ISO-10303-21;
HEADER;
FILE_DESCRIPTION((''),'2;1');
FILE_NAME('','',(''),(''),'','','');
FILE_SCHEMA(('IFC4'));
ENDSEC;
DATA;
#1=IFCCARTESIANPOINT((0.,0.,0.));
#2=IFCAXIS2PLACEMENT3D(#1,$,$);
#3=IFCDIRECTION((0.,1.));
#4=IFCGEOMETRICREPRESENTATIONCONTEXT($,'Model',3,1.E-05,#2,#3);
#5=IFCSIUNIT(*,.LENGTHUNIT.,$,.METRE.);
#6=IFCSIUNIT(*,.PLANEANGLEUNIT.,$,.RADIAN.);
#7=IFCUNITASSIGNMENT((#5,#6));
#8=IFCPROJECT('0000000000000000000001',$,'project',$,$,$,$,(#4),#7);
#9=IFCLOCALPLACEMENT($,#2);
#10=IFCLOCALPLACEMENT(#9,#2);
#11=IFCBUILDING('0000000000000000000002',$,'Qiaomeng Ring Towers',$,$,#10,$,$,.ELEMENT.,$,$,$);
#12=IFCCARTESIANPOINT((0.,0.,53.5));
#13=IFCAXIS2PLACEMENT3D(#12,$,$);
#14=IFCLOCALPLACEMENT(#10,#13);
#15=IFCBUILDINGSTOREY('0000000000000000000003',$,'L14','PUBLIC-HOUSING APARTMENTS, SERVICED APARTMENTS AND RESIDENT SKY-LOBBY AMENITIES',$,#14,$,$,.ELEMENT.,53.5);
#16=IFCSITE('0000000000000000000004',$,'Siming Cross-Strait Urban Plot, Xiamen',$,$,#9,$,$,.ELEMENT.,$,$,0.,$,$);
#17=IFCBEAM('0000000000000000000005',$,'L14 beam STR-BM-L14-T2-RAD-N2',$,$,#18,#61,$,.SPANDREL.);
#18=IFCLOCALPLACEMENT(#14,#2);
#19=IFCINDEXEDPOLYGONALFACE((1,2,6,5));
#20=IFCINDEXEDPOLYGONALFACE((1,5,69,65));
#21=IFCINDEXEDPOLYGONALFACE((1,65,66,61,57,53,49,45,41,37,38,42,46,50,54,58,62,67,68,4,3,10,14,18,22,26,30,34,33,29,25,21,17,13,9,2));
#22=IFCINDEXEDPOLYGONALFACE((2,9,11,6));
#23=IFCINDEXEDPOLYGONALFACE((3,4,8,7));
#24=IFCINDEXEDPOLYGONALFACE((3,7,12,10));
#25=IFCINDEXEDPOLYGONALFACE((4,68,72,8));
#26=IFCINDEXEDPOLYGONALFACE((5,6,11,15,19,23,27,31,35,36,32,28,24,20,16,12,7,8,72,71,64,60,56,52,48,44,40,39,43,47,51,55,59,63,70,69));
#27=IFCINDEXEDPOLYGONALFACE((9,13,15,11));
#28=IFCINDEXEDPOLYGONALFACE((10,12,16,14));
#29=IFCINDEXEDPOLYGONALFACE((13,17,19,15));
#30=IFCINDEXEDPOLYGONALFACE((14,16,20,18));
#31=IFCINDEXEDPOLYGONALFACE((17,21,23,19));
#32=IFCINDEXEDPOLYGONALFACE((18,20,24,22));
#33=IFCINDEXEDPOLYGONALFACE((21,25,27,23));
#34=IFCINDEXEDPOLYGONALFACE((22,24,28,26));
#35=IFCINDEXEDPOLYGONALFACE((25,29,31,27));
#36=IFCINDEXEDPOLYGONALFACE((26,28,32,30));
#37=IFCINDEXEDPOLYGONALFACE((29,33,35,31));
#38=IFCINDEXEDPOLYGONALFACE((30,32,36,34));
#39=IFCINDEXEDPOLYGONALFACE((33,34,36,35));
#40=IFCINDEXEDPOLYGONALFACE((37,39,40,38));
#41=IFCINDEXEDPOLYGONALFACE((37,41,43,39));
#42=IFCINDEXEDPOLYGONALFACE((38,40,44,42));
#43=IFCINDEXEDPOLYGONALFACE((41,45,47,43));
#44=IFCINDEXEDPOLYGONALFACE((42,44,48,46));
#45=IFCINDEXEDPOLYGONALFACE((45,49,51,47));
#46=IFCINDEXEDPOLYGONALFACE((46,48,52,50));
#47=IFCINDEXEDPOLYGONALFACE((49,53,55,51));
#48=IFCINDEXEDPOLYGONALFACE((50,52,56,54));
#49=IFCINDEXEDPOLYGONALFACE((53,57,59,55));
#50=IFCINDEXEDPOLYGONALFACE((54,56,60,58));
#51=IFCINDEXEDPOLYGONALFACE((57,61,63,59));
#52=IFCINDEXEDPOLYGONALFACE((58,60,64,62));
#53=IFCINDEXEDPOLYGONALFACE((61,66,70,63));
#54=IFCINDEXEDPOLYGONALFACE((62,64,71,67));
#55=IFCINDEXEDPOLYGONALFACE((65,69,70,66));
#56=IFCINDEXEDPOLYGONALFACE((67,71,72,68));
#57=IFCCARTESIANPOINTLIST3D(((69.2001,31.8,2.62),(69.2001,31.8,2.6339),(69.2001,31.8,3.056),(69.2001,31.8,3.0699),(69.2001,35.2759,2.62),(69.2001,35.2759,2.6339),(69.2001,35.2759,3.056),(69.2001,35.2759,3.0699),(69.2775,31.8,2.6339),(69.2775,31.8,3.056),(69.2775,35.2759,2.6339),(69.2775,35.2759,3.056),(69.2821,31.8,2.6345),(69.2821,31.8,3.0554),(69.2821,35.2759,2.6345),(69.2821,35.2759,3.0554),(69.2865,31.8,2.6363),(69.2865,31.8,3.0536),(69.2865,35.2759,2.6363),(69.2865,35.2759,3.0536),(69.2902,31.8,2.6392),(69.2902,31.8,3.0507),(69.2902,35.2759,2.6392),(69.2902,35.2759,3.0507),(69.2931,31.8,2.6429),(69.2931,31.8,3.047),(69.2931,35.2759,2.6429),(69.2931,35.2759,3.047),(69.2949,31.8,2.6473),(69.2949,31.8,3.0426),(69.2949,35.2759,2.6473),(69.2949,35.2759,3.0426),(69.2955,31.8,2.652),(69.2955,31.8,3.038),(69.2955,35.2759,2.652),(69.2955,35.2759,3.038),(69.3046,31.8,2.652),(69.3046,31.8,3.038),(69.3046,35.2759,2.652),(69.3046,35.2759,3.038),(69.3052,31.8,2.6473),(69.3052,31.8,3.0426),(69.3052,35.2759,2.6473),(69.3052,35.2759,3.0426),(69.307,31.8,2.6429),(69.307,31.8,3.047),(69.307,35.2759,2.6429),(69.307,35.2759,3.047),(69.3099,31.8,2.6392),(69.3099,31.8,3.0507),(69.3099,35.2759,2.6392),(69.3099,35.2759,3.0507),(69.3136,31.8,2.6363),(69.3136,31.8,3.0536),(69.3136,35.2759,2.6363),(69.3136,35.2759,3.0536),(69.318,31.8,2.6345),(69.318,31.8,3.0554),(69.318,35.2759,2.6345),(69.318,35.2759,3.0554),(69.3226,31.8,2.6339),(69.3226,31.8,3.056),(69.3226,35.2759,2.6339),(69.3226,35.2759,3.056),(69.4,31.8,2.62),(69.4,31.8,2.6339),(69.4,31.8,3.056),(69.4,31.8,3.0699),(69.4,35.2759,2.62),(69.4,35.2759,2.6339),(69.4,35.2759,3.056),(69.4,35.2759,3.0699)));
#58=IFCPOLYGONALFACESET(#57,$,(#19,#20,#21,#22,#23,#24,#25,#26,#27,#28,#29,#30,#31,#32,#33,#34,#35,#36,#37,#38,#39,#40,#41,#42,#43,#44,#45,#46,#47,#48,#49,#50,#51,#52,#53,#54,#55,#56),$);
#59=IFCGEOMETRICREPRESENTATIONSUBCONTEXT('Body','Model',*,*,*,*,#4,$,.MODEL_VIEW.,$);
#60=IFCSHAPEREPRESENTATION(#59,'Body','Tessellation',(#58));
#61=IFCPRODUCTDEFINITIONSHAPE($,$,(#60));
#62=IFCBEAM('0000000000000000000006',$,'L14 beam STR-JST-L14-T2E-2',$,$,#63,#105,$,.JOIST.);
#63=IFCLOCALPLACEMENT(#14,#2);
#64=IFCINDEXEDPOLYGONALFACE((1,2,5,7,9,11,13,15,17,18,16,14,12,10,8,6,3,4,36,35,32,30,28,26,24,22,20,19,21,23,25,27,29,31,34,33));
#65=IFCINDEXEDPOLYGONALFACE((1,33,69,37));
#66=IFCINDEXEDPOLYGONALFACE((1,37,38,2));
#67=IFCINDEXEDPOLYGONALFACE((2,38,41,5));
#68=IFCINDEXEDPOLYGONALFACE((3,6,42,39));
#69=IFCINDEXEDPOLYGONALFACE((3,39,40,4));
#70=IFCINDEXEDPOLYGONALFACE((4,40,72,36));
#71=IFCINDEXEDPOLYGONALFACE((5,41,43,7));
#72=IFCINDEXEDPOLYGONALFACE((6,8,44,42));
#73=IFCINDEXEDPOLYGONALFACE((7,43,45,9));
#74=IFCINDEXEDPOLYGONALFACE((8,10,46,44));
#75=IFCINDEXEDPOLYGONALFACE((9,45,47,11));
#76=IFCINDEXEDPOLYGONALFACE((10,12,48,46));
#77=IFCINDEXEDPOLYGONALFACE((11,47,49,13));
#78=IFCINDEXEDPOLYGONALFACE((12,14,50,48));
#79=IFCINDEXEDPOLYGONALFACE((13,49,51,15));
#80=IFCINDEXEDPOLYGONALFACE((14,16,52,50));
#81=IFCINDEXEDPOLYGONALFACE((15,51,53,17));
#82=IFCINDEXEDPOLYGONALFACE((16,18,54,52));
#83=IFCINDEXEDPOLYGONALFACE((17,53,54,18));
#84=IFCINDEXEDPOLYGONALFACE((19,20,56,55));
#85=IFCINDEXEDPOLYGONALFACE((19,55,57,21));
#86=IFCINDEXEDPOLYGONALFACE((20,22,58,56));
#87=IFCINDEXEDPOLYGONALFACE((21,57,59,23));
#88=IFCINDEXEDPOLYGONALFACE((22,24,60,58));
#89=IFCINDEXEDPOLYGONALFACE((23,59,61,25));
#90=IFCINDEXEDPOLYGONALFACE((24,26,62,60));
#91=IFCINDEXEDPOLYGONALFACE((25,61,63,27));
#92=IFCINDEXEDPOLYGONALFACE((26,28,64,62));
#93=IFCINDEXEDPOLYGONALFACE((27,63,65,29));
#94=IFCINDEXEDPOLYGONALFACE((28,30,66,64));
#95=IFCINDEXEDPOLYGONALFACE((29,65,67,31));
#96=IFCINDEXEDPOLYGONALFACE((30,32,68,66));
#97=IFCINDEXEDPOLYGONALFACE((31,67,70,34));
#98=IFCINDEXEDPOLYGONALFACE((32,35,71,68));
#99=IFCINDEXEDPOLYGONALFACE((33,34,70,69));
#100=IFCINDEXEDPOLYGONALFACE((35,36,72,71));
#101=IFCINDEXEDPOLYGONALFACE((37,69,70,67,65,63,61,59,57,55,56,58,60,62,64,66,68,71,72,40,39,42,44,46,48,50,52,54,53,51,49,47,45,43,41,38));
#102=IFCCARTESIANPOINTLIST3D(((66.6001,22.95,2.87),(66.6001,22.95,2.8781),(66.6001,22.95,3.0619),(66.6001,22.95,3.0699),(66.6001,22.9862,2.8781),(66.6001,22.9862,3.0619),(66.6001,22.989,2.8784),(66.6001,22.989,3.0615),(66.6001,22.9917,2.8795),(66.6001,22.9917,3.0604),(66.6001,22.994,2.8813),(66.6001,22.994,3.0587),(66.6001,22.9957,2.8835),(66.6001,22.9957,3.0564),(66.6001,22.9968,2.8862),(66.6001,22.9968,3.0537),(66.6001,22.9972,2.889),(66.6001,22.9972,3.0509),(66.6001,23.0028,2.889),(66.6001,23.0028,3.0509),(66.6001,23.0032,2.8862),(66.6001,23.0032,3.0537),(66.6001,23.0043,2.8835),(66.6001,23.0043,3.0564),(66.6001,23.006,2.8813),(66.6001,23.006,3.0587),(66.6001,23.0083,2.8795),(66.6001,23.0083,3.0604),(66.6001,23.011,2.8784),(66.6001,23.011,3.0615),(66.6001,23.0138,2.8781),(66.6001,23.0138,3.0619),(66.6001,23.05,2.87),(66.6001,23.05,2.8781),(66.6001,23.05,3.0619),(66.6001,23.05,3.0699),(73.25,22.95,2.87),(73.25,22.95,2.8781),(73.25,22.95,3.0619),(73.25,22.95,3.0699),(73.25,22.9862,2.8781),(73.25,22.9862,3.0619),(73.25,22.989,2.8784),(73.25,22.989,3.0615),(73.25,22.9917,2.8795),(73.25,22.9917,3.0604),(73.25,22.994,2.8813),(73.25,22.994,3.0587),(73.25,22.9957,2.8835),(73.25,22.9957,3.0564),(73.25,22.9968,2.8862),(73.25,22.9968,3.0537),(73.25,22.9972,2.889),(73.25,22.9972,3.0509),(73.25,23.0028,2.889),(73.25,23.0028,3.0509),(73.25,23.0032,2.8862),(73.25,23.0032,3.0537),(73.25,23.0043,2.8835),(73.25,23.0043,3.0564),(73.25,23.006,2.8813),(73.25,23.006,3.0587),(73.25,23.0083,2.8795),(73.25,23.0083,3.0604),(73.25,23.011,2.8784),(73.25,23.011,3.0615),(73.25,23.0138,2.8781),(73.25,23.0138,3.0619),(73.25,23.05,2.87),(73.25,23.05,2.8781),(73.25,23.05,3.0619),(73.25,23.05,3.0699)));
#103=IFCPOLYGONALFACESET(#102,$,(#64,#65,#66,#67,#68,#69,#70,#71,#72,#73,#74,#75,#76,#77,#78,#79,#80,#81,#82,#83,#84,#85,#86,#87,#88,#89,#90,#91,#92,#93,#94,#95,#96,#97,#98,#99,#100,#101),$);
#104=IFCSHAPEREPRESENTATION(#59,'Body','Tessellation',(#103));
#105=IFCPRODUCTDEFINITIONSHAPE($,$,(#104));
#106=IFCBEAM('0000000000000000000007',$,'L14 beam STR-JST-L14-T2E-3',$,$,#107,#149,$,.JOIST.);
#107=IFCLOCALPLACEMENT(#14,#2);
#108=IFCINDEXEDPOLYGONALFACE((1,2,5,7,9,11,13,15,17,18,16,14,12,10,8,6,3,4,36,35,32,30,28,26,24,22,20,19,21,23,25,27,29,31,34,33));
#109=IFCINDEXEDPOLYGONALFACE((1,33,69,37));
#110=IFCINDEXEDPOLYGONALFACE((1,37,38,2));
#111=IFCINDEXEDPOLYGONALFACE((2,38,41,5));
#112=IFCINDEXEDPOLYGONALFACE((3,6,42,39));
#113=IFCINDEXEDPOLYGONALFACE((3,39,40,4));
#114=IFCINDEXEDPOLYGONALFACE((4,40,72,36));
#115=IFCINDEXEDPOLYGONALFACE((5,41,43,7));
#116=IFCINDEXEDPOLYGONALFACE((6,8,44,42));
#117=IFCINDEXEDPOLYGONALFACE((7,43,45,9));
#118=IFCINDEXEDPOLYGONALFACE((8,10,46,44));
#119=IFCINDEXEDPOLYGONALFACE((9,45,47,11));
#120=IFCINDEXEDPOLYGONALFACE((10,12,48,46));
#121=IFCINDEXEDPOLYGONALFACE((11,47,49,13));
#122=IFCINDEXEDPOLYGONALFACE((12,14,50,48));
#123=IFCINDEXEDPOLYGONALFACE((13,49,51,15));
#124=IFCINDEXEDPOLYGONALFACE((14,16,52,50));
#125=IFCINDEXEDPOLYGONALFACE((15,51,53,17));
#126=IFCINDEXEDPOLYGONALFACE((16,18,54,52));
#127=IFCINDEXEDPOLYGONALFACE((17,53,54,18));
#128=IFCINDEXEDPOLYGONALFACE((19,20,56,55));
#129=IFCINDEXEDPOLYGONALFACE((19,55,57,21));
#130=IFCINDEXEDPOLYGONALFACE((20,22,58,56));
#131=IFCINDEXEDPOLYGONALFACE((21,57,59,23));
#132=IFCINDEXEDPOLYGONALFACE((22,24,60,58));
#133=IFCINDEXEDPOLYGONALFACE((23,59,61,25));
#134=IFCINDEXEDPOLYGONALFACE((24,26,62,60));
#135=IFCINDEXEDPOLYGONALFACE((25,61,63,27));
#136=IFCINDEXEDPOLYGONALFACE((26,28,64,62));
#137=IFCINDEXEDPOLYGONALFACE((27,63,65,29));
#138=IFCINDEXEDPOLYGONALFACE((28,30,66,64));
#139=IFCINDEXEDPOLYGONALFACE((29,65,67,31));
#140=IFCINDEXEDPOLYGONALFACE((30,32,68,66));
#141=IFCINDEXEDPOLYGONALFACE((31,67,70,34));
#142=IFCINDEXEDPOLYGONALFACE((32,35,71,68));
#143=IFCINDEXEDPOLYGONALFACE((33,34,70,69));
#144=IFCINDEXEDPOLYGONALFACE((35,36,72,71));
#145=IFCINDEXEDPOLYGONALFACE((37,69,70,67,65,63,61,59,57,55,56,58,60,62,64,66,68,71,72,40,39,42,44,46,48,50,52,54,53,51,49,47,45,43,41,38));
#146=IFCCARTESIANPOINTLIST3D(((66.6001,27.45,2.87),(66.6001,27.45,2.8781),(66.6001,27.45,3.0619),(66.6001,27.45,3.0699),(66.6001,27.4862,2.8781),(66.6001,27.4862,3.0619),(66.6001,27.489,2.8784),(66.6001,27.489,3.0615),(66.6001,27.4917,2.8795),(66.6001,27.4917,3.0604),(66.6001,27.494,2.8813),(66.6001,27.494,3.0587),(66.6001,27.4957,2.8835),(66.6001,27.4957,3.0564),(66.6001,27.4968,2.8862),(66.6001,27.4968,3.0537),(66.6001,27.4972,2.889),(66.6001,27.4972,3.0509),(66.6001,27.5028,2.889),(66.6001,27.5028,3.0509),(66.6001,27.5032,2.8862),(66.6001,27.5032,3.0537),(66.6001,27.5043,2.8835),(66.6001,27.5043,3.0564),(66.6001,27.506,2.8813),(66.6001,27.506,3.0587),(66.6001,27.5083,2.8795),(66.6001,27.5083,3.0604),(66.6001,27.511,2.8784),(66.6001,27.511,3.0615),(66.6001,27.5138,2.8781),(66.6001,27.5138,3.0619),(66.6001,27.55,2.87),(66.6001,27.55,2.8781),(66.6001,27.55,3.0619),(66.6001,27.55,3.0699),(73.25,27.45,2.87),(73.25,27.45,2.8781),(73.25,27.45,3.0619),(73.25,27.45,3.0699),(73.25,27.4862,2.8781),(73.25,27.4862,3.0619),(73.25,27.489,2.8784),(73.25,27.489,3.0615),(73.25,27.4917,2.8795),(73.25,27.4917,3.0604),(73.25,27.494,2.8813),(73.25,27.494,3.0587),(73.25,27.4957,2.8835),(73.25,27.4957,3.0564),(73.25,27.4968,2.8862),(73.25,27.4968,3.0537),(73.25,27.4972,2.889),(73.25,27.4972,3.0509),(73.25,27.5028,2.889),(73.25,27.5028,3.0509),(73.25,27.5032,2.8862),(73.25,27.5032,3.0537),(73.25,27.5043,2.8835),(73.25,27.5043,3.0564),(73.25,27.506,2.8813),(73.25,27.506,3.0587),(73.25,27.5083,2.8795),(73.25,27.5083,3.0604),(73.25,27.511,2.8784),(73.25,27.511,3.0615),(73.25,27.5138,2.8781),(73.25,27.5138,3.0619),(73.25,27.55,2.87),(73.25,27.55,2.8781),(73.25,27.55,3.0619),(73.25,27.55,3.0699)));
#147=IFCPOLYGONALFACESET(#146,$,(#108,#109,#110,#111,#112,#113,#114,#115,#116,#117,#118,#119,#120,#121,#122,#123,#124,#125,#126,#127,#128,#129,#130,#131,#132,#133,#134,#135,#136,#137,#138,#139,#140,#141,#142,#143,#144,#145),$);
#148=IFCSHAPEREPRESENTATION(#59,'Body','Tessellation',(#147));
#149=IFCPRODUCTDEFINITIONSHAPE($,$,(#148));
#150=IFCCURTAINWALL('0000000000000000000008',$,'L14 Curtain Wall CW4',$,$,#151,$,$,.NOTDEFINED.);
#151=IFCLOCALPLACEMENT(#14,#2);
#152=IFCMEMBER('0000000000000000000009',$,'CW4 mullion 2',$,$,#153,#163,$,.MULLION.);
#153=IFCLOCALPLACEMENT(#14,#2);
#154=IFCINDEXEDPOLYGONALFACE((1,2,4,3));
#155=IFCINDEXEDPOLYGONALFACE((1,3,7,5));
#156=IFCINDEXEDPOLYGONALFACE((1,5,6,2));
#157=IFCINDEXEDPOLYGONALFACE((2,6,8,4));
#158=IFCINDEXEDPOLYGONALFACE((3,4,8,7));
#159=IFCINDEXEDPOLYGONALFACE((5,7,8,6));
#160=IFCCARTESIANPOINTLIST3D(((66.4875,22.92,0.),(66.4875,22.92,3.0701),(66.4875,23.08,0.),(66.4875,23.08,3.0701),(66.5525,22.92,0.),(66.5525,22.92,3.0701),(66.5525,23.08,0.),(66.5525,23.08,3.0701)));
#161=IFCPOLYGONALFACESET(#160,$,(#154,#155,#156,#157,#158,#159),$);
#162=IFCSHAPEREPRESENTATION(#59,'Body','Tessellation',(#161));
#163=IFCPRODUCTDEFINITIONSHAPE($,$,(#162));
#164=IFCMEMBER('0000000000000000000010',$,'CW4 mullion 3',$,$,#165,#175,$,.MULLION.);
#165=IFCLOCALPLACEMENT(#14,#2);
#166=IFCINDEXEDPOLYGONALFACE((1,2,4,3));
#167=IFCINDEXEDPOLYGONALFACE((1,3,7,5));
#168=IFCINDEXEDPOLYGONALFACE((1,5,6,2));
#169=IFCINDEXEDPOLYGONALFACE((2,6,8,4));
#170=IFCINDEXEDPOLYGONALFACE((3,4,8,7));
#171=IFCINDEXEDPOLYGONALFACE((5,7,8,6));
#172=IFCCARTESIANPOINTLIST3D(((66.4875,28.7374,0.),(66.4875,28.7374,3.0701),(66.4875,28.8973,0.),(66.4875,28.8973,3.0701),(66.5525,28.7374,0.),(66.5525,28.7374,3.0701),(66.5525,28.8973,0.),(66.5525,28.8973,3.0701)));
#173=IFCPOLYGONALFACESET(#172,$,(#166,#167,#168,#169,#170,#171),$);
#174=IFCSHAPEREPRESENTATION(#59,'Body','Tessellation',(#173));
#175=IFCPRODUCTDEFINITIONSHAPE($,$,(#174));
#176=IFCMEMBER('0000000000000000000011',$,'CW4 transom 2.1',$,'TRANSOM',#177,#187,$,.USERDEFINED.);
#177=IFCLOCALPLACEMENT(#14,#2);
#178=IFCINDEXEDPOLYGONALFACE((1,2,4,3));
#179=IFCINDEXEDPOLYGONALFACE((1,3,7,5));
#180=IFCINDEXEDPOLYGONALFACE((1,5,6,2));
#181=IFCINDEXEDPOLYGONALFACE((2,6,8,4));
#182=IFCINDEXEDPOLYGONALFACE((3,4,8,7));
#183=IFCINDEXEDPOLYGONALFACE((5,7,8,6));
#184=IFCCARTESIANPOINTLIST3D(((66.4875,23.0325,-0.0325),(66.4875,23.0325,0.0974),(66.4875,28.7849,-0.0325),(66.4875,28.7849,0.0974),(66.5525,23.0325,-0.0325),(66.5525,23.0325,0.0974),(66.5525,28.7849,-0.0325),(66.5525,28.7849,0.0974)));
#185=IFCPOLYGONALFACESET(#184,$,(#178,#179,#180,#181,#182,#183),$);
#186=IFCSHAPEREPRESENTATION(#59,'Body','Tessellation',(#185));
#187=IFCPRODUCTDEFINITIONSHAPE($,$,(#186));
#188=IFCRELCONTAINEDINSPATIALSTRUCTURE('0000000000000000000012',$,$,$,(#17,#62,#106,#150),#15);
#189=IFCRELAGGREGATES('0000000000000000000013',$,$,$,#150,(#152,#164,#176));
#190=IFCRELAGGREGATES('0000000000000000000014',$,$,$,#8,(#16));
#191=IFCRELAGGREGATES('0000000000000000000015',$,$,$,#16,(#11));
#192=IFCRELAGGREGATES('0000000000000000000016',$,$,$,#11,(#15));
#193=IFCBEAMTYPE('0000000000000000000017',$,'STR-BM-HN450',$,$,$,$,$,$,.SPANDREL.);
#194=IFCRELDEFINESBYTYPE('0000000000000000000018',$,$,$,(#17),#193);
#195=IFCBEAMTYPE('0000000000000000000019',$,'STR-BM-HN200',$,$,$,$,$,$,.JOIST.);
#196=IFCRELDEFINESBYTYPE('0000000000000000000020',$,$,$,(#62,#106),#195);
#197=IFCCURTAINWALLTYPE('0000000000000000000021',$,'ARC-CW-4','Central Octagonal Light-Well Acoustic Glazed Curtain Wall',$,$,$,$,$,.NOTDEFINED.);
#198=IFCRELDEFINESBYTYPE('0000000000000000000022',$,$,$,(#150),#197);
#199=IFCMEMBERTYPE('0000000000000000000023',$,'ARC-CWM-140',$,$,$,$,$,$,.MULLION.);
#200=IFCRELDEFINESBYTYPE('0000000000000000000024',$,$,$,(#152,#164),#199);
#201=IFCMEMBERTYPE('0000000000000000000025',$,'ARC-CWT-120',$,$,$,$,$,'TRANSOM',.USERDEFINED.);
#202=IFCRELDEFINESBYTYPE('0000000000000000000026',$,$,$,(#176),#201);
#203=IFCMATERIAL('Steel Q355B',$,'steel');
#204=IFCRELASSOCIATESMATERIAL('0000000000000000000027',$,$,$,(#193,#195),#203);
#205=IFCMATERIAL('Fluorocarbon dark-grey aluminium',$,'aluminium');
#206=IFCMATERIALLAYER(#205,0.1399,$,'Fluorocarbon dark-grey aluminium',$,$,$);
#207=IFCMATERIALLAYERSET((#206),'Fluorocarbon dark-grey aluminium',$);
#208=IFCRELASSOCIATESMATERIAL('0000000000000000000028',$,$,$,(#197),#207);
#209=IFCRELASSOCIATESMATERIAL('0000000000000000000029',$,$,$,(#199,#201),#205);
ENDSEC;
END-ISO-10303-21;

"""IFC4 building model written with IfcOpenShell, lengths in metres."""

from ifc_helpers import new_model, si_unit, direction, frame, origin, origin_2d, place, context, subcontext, project, spatial, rectangle, i_section, extrude, source, transform, mapped, material, layer, layer_set, material_profile, profile_set, type_object, element, aggregate, save


model = new_model("IFC4")

# Units and contexts
model_context = context("Model", 3, precision=1e-05, world=origin(), true_north=direction((0.0, 1.0)))
body_context = subcontext(model_context, "Body", "Model", "MODEL_VIEW")
ifc_project = project(units=[si_unit("LENGTHUNIT", "METRE"), si_unit("PLANEANGLEUNIT", "RADIAN")], contexts=[model_context])

# Site, building, storey
site_placement = place(None, origin())
site = spatial("IfcSite", under=ifc_project, at=site_placement, Name="Siming Cross-Strait Urban Plot, Xiamen", CompositionType="ELEMENT", RefElevation=0.0)
building_placement = place(site_placement, origin())
building = spatial("IfcBuilding", under=site, at=building_placement, Name="Qiaomeng Ring Towers", CompositionType="ELEMENT")
storey_placement = place(building_placement, frame((0.0, 0.0, 53.5)))
storey = spatial("IfcBuildingStorey", under=building, at=storey_placement, Name="L14", Description="PUBLIC-HOUSING APARTMENTS, SERVICED APARTMENTS AND RESIDENT SKY-LOBBY AMENITIES", CompositionType="ELEMENT", Elevation=53.5)

# Beams
ifc_material_1 = material(Name="Steel Q355B", Category="steel")
ifc_material_profile_1 = material_profile(ifc_material_1, i_section(OverallWidth=0.2, OverallDepth=0.45, WebThickness=0.009, FlangeThickness=0.0139, FilletRadius=0.0181, at=origin_2d()), Name="HN 450x200x9x14")
ifc_profile_set_1 = profile_set([ifc_material_profile_1], Name="Steel Q355B")
beam_type_1 = type_object("IfcBeamType", Name="STR-BM-HN450", PredefinedType="SPANDREL", material=ifc_profile_set_1)
shared_shape_1 = source(origin(), body_context, "Body", "SweptSolid", [
    extrude(i_section(OverallWidth=0.2, OverallDepth=0.45, WebThickness=0.009, FlangeThickness=0.0139, FilletRadius=0.0181, at=origin_2d()), origin(), (0.0, 0.0, 1.0), 3.4758),
])
beam_1_placement = place(storey_placement, frame((69.3, 35.2759, 2.845), z_axis=(0.0, -1.0, 0.0), x_axis=(1.0, 0.0, 0.0)))
element("IfcBeam", 1, at=beam_1_placement, inside=storey, type_object=beam_type_1, Name="L14 beam STR-BM-L14-T2-RAD-N2", PredefinedType="SPANDREL", context=body_context, shape_type="MappedRepresentation", body=[
    mapped(shared_shape_1, transform((0.0, 0.0, 0.0), x_axis=(1.0, 0.0, 0.0), y_axis=(0.0, 1.0, 0.0), z_axis=(0.0, 0.0, 1.0), scale=1.0)),
])
ifc_material_profile_2 = material_profile(ifc_material_1, i_section(OverallWidth=0.1001, OverallDepth=0.2, WebThickness=0.0056, FlangeThickness=0.0081, FilletRadius=0.011, at=origin_2d()), Name="HN 200x100x5.5x8")
ifc_profile_set_2 = profile_set([ifc_material_profile_2], Name="Steel Q355B")
beam_type_2 = type_object("IfcBeamType", Name="STR-BM-HN200", PredefinedType="JOIST", material=ifc_profile_set_2)
shared_shape_2 = source(origin(), body_context, "Body", "SweptSolid", [
    extrude(i_section(OverallWidth=0.1001, OverallDepth=0.2, WebThickness=0.0056, FlangeThickness=0.0081, FilletRadius=0.011, at=origin_2d()), origin(), (0.0, 0.0, 1.0), 6.6499),
])
for number, where, z_axis, x_axis, name in (
    (2, (66.6001, 23.0, 2.97), (1.0, 0.0, 0.0), (0.0, 1.0, 0.0), "L14 beam STR-JST-L14-T2E-2"),
    (3, (66.6001, 27.5, 2.97), (1.0, 0.0, 0.0), (0.0, 1.0, 0.0), "L14 beam STR-JST-L14-T2E-3"),
):
    element("IfcBeam", number, at=place(storey_placement, frame(where, z_axis=z_axis, x_axis=x_axis)), inside=storey, type_object=beam_type_2, Name=name, PredefinedType="JOIST", context=body_context, shape_type="MappedRepresentation", body=[
        mapped(shared_shape_2, transform((0.0, 0.0, 0.0), x_axis=(1.0, 0.0, 0.0), y_axis=(0.0, 1.0, 0.0), z_axis=(0.0, 0.0, 1.0), scale=1.0)),
    ])

# Curtain wall, members
ifc_material_2 = material(Name="Fluorocarbon dark-grey aluminium", Category="aluminium")
ifc_layer_1 = layer(ifc_material_2, 0.1399, Name="Fluorocarbon dark-grey aluminium")
ifc_layer_set_1 = layer_set([ifc_layer_1], Name="Fluorocarbon dark-grey aluminium")
curtain_wall_type_1 = type_object("IfcCurtainWallType", Name="ARC-CW-4", Description="Central Octagonal Light-Well Acoustic Glazed Curtain Wall", PredefinedType="NOTDEFINED", material=ifc_layer_set_1)
curtain_wall_1_placement = place(storey_placement, origin())
curtain_wall_1 = element("IfcCurtainWall", 4, at=curtain_wall_1_placement, inside=storey, type_object=curtain_wall_type_1, Name="L14 Curtain Wall CW4", PredefinedType="NOTDEFINED")
ifc_material_profile_3 = material_profile(ifc_material_2, rectangle(XDim=0.0649, YDim=0.1599, at=origin_2d()), Name="ALU MULL 65x160")
ifc_profile_set_3 = profile_set([ifc_material_profile_3], Name="Fluorocarbon dark-grey aluminium")
member_type_1 = type_object("IfcMemberType", Name="ARC-CWM-140", PredefinedType="MULLION", material=ifc_profile_set_3)
shared_shape_3 = source(origin(), body_context, "Body", "SweptSolid", [
    extrude(rectangle(XDim=0.0649, YDim=0.1599, at=origin_2d()), origin(), (0.0, 0.0, 1.0), 3.0701),
])
member_1_placement = place(storey_placement, frame((66.52, 23.0, 0.0), z_axis=(0.0, 0.0, 1.0), x_axis=(-1.0, 0.0, 0.0)))
member_1 = element("IfcMember", 5, at=member_1_placement, type_object=member_type_1, Name="CW4 mullion 2", PredefinedType="MULLION", context=body_context, shape_type="MappedRepresentation", body=[
    mapped(shared_shape_3, transform((0.0, 0.0, 0.0), x_axis=(1.0, 0.0, 0.0), y_axis=(0.0, 1.0, 0.0), z_axis=(0.0, 0.0, 1.0), scale=1.0)),
])
member_2_placement = place(storey_placement, frame((66.52, 28.8174, 0.0), z_axis=(0.0, 0.0, 1.0), x_axis=(-1.0, 0.0, 0.0)))
member_2 = element("IfcMember", 6, at=member_2_placement, type_object=member_type_1, Name="CW4 mullion 3", PredefinedType="MULLION", context=body_context, shape_type="MappedRepresentation", body=[
    mapped(shared_shape_3, transform((0.0, 0.0, 0.0), x_axis=(1.0, 0.0, 0.0), y_axis=(0.0, 1.0, 0.0), z_axis=(0.0, 0.0, 1.0), scale=1.0)),
])
ifc_material_profile_4 = material_profile(ifc_material_2, rectangle(XDim=0.0649, YDim=0.1299, at=origin_2d()), Name="ALU TRAN 65x130")
ifc_profile_set_4 = profile_set([ifc_material_profile_4], Name="Fluorocarbon dark-grey aluminium")
member_type_2 = type_object("IfcMemberType", Name="ARC-CWT-120", ElementType="TRANSOM", PredefinedType="USERDEFINED", material=ifc_profile_set_4)
shared_shape_4 = source(origin(), body_context, "Body", "SweptSolid", [
    extrude(rectangle(XDim=0.0649, YDim=0.1299, at=origin_2d()), origin(), (0.0, 0.0, 1.0), 5.7524),
])
member_3_placement = place(storey_placement, frame((66.52, 23.0325, 0.0325), z_axis=(0.0, 1.0, 0.0), x_axis=(-1.0, 0.0, 0.0)))
member_3 = element("IfcMember", 7, at=member_3_placement, type_object=member_type_2, Name="CW4 transom 2.1", ObjectType="TRANSOM", PredefinedType="USERDEFINED", context=body_context, shape_type="MappedRepresentation", body=[
    mapped(shared_shape_4, transform((0.0, 0.0, 0.0), x_axis=(1.0, 0.0, 0.0), y_axis=(0.0, 1.0, 0.0), z_axis=(0.0, 0.0, 1.0), scale=1.0)),
])

aggregate(curtain_wall_1, [member_1, member_2, member_3])

save(model, "model.ifc")
